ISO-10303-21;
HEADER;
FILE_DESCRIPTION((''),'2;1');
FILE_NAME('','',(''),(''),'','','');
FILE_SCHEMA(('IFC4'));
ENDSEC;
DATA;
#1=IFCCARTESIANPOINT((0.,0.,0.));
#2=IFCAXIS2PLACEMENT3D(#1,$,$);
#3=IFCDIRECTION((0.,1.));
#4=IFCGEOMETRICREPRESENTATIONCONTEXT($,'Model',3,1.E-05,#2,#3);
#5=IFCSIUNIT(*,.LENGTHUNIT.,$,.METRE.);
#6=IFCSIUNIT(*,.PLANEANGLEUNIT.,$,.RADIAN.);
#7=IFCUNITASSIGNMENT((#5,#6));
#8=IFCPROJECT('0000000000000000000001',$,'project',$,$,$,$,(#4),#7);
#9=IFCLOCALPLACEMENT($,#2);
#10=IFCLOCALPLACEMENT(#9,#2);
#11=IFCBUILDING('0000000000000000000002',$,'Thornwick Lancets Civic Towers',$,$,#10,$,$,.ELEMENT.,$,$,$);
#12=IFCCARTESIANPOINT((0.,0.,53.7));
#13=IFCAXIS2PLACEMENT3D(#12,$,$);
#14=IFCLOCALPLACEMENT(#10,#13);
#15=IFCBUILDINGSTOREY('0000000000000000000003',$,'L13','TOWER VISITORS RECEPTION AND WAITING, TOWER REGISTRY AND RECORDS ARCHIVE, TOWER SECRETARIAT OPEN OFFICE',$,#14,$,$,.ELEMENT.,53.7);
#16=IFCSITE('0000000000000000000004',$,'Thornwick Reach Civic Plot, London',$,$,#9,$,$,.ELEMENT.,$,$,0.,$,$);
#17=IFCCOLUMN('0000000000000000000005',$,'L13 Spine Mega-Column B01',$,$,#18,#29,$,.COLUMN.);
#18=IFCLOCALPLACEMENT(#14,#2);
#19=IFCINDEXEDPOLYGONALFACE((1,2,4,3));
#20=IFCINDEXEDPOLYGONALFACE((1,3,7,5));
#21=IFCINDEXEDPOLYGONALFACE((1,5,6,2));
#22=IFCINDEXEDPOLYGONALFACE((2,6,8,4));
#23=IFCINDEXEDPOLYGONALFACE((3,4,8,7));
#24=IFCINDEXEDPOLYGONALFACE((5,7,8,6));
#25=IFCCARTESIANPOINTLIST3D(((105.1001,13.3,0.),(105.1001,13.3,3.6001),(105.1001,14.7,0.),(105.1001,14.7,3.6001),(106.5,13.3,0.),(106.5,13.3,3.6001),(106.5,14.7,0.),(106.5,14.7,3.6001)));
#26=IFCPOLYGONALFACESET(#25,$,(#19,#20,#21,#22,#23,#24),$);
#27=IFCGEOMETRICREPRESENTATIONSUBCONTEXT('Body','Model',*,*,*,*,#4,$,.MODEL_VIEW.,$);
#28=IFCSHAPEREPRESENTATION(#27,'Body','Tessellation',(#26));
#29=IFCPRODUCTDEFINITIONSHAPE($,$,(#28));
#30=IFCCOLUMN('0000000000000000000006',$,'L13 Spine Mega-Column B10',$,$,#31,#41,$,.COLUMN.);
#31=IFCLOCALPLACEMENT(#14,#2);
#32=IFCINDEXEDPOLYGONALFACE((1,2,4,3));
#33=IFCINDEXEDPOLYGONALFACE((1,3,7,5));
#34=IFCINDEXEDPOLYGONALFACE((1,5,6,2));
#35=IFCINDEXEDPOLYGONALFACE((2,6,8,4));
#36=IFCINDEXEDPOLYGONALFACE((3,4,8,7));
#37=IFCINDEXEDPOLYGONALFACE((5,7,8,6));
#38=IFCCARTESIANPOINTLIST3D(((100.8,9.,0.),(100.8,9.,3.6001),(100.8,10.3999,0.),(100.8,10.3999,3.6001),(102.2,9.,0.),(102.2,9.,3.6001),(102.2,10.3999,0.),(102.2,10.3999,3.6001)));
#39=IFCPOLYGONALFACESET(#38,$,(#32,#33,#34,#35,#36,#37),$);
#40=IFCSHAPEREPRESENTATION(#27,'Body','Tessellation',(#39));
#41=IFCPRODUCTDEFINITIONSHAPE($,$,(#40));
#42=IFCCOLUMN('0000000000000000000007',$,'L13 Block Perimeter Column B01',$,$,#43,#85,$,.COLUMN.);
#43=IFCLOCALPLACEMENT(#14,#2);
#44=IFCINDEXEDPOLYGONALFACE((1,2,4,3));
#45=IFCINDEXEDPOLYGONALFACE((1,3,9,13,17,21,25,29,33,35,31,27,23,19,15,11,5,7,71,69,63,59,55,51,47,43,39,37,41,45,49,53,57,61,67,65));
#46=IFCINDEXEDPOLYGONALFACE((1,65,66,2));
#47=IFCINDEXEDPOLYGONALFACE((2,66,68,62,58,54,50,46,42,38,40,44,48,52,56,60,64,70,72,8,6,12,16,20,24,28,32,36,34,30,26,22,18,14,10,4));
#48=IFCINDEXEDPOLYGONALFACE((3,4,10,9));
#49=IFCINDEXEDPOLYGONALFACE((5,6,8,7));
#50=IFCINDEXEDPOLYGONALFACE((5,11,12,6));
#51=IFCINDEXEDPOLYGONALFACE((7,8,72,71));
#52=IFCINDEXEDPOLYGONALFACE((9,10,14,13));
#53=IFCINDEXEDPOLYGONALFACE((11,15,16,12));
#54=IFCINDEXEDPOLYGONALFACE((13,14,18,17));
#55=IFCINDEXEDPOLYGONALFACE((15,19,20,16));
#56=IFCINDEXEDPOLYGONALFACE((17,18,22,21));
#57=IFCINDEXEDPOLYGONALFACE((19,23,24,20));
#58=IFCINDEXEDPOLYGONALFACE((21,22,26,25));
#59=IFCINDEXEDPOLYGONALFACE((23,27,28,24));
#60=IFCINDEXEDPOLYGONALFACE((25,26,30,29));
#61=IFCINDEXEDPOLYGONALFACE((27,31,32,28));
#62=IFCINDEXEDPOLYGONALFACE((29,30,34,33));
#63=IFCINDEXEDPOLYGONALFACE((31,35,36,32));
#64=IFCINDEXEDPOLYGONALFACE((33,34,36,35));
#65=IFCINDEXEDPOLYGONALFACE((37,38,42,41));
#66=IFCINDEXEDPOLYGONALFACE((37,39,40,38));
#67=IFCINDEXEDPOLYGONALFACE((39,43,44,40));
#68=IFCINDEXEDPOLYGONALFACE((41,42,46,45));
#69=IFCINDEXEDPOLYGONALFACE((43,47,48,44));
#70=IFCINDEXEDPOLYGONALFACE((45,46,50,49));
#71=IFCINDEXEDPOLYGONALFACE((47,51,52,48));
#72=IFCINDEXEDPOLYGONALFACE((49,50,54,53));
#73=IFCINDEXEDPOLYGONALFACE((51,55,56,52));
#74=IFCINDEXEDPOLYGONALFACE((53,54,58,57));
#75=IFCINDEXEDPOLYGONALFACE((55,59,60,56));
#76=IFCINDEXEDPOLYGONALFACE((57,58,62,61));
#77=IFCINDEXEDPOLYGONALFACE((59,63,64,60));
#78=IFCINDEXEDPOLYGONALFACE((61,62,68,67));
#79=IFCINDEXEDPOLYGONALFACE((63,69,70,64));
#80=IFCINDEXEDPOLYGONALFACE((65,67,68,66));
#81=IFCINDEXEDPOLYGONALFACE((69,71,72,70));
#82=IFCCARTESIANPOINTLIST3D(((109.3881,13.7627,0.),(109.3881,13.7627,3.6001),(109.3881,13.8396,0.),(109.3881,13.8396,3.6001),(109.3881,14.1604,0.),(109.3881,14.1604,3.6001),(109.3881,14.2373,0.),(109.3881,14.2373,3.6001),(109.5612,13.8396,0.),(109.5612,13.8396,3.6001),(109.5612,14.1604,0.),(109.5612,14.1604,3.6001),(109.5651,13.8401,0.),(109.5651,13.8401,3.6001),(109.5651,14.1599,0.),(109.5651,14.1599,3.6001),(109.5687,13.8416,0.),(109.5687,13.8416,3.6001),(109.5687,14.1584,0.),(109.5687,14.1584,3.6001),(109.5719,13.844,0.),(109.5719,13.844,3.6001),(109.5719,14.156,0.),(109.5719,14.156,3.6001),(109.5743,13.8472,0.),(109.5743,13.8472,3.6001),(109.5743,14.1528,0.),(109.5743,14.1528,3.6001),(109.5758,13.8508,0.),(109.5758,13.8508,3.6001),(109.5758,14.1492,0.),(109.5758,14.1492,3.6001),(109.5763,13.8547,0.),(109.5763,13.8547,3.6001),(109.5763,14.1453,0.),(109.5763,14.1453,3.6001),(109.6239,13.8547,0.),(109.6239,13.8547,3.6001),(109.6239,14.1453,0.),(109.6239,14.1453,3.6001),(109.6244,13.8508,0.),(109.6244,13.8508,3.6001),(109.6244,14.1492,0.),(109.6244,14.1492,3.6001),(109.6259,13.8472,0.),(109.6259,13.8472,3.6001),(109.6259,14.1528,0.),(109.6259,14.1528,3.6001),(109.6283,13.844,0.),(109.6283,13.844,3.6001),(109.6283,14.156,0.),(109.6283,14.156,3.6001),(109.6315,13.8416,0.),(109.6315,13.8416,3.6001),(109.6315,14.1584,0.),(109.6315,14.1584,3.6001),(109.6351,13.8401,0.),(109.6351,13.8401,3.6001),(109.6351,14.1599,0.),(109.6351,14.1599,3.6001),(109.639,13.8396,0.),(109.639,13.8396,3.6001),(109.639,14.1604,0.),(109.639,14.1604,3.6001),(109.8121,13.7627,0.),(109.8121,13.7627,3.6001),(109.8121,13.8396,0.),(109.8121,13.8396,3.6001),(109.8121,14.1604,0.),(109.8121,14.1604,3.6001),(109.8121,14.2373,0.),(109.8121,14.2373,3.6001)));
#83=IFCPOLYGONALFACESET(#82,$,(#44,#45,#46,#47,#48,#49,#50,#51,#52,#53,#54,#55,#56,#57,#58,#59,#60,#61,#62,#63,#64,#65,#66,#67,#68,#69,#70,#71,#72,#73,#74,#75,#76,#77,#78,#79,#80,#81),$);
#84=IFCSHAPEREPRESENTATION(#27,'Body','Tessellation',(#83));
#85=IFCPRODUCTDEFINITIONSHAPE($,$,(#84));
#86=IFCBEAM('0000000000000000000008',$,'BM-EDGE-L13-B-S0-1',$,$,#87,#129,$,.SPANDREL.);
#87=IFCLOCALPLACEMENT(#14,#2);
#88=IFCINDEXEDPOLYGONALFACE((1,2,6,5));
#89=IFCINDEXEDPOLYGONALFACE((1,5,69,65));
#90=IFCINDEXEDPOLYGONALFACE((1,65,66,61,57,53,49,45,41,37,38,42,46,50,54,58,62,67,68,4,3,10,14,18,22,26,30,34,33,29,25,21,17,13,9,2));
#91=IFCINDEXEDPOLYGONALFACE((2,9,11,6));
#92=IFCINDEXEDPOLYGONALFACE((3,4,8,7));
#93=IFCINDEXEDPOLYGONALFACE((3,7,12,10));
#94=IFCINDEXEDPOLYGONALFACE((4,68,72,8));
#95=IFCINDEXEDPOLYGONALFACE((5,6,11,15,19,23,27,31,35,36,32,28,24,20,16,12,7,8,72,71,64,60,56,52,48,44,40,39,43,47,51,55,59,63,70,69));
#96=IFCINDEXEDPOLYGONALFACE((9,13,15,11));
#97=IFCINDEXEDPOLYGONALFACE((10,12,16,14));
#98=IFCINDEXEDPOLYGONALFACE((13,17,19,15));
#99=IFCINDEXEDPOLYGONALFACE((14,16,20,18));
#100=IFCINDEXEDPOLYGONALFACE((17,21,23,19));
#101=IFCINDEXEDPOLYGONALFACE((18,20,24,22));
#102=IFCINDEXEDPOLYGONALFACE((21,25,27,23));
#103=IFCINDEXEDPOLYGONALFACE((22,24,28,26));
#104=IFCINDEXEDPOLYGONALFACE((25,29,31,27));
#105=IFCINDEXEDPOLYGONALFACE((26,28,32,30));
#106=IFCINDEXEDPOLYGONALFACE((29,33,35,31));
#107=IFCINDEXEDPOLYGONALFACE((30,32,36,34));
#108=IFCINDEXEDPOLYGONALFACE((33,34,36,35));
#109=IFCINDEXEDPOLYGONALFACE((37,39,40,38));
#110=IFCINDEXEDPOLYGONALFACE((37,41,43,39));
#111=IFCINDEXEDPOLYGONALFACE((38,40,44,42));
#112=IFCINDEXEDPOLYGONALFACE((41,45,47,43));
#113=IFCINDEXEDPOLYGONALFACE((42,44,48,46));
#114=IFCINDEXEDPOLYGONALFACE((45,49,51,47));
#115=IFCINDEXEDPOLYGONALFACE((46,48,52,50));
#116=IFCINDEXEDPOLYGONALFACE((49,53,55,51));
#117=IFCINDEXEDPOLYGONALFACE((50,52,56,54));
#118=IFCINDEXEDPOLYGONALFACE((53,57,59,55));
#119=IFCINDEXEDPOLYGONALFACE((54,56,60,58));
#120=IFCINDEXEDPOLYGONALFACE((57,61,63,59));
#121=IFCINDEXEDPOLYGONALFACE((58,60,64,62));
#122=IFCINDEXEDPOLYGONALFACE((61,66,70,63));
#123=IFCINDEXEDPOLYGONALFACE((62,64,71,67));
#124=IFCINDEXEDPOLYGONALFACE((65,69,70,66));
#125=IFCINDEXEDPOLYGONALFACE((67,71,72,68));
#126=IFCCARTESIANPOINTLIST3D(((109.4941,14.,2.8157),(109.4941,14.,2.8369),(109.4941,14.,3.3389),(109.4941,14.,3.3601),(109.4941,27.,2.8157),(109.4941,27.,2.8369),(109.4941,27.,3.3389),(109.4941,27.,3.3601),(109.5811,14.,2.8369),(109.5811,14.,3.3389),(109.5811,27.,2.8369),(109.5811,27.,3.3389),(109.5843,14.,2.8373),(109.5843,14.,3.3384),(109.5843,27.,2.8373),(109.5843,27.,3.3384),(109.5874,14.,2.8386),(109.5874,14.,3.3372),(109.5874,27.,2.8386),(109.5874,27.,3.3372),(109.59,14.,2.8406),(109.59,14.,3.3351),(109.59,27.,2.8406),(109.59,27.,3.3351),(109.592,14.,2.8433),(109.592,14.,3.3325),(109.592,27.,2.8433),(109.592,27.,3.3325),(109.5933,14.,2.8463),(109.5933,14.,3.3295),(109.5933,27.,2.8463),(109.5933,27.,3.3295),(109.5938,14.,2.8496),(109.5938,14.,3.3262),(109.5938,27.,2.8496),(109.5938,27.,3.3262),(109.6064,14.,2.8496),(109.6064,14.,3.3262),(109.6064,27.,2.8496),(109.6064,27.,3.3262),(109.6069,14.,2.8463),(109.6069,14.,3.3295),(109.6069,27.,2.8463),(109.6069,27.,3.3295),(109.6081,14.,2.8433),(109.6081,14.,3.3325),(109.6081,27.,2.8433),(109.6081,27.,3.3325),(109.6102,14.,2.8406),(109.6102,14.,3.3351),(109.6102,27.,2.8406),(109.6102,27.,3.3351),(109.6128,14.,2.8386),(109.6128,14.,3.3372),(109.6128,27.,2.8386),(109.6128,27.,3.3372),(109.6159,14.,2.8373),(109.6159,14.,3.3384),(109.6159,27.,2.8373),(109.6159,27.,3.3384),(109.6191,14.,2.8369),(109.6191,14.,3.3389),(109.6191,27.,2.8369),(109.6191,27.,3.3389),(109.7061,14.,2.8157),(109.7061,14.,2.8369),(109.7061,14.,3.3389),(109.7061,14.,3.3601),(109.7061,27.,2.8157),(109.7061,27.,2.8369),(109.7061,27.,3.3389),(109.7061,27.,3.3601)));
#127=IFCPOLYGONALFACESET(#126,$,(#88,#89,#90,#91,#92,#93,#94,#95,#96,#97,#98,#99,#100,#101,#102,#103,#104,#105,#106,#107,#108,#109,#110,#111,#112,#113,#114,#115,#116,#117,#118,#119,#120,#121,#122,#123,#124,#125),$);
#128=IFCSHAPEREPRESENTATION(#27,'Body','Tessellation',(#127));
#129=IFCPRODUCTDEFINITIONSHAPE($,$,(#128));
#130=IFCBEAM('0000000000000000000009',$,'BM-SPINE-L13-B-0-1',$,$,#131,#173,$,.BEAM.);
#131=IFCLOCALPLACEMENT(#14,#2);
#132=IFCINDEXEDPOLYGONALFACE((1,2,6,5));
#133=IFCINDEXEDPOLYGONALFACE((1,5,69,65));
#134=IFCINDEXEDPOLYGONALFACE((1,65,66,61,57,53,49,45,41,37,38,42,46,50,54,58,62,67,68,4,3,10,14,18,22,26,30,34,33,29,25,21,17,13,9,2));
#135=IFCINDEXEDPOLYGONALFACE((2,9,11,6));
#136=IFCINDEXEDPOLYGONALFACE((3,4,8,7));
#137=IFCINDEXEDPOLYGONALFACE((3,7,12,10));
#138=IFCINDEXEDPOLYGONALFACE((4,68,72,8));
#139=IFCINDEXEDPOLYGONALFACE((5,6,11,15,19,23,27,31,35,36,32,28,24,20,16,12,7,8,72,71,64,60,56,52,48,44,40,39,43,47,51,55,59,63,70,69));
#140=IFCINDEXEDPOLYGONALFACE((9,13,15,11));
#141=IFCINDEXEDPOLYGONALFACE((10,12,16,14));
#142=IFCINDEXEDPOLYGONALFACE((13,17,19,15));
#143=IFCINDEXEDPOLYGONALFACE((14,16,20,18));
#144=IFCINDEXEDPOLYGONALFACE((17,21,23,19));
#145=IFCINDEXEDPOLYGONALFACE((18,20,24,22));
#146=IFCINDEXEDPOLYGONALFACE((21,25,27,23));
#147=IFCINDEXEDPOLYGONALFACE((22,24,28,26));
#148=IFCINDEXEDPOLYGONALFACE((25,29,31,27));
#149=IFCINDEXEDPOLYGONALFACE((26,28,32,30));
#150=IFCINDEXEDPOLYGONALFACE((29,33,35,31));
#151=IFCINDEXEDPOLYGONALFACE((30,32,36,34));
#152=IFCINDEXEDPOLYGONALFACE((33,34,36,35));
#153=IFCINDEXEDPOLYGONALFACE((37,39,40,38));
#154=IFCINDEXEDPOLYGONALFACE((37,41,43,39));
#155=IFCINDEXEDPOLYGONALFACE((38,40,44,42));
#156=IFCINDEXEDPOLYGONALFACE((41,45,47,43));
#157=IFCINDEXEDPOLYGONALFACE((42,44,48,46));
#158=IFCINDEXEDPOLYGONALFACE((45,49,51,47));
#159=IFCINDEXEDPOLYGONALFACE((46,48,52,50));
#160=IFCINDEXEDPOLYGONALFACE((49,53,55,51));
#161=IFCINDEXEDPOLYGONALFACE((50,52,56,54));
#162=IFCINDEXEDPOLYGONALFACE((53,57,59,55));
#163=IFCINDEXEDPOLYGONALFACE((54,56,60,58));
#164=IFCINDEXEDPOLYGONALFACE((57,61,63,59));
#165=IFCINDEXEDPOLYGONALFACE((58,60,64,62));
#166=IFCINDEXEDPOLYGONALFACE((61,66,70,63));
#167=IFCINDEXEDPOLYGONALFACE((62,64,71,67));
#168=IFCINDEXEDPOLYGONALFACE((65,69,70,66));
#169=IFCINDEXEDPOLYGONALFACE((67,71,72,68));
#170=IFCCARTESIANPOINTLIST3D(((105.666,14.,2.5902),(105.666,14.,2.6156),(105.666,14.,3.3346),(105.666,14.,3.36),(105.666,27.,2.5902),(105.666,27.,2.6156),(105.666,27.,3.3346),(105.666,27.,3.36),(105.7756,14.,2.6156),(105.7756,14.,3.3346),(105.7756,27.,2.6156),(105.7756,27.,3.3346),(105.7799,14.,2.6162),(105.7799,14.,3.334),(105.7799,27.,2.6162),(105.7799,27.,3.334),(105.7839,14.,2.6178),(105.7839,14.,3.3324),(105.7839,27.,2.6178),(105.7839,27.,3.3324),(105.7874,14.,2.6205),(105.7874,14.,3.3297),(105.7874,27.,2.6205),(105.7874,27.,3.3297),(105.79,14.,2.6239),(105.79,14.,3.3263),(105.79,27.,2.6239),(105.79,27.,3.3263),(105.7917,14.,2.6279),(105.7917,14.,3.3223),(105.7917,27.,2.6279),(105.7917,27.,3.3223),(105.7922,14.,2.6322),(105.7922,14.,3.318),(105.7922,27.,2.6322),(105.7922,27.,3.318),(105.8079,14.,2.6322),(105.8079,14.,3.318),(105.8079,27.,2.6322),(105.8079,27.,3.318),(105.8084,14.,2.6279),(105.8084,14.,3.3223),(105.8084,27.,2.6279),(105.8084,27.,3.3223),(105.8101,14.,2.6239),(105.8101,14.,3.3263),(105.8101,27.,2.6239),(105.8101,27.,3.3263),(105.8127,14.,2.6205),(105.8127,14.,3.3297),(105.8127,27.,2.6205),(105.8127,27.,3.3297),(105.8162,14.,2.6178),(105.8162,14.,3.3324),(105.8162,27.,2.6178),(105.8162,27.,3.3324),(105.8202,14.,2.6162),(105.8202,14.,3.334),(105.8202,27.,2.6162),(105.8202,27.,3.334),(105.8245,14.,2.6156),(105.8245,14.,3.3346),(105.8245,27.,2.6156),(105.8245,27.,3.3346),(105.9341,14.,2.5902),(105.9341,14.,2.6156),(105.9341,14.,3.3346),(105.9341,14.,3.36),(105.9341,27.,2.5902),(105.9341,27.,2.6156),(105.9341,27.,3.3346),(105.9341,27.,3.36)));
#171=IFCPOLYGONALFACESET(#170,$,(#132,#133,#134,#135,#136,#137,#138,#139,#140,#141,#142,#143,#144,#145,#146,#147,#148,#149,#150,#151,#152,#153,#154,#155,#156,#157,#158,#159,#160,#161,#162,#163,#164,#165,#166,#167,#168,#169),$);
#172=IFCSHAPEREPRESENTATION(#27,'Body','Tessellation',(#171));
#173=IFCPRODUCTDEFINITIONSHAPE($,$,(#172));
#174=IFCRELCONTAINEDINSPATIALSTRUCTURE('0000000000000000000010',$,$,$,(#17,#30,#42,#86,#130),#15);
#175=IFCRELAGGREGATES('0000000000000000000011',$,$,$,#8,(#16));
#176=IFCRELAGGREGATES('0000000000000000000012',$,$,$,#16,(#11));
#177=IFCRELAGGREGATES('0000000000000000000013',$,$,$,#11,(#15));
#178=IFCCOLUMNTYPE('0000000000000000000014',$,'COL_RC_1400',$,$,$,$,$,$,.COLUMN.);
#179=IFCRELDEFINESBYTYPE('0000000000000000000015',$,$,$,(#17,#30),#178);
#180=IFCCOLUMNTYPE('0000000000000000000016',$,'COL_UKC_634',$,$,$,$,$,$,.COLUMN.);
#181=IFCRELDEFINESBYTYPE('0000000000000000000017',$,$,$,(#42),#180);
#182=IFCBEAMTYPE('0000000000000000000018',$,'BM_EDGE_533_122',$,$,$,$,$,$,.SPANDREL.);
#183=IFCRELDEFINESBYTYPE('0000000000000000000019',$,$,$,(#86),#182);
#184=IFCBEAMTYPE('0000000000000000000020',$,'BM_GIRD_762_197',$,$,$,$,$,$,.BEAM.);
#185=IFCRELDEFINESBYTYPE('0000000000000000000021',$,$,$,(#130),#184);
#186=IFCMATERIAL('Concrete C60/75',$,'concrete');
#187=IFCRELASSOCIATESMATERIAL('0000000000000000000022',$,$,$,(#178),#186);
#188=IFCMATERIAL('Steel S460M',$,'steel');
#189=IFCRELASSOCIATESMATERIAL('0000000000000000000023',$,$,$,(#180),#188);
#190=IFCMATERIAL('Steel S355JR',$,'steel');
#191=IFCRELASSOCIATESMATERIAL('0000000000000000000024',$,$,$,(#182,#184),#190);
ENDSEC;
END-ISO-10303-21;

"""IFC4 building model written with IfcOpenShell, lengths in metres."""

from ifc_helpers import new_model, si_unit, direction, frame, origin, origin_2d, place, context, subcontext, project, spatial, rectangle, i_section, extrude, material, material_profile, profile_set, type_object, element, save


model = new_model("IFC4")

# Units and contexts
model_context = context("Model", 3, precision=1e-05, world=origin(), true_north=direction((0.0, 1.0)))
body_context = subcontext(model_context, "Body", "Model", "MODEL_VIEW")
ifc_project = project(units=[si_unit("LENGTHUNIT", "METRE"), si_unit("PLANEANGLEUNIT", "RADIAN")], contexts=[model_context])

# Site, building, storey
site_placement = place(None, origin())
site = spatial("IfcSite", under=ifc_project, at=site_placement, Name="Thornwick Reach Civic Plot, London", CompositionType="ELEMENT", RefElevation=0.0)
building_placement = place(site_placement, origin())
building = spatial("IfcBuilding", under=site, at=building_placement, Name="Thornwick Lancets Civic Towers", CompositionType="ELEMENT")
storey_placement = place(building_placement, frame((0.0, 0.0, 53.7)))
storey = spatial("IfcBuildingStorey", under=building, at=storey_placement, Name="L13", Description="TOWER VISITORS RECEPTION AND WAITING, TOWER REGISTRY AND RECORDS ARCHIVE, TOWER SECRETARIAT OPEN OFFICE", CompositionType="ELEMENT", Elevation=53.7)

# Columns
ifc_material_1 = material(Name="Concrete C60/75", Category="concrete")
ifc_material_profile_1 = material_profile(ifc_material_1, rectangle(XDim=1.3999, YDim=1.3999, at=origin_2d()), Name="RC 1400x1400")
ifc_profile_set_1 = profile_set([ifc_material_profile_1], Name="Concrete C60/75")
column_type_1 = type_object("IfcColumnType", Name="COL_RC_1400", PredefinedType="COLUMN", material=ifc_profile_set_1)
for number, where, z_axis, x_axis, name in (
    (1, (105.8, 14.0, 0.0), (0.0, 0.0, 1.0), (1.0, 0.0, 0.0), "L13 Spine Mega-Column B01"),
    (2, (101.5, 9.7, 0.0), (0.0, 0.0, 1.0), (1.0, 0.0, 0.0), "L13 Spine Mega-Column B10"),
):
    element("IfcColumn", number, at=place(storey_placement, frame(where, z_axis=z_axis, x_axis=x_axis)), inside=storey, type_object=column_type_1, Name=name, PredefinedType="COLUMN", context=body_context, shape_type="SweptSolid", body=[
        extrude(rectangle(XDim=1.3999, YDim=1.3999, at=origin_2d()), origin(), (0.0, 0.0, 1.0), 3.6001),
    ])
ifc_material_2 = material(Name="Steel S460M", Category="steel")
ifc_material_profile_2 = material_profile(ifc_material_2, i_section(OverallWidth=0.4241, OverallDepth=0.4746, WebThickness=0.0476, FlangeThickness=0.0769, FilletRadius=0.0151, at=origin_2d()), Name="UKC 356x406x634")
ifc_profile_set_2 = profile_set([ifc_material_profile_2], Name="Steel S460M")
column_type_2 = type_object("IfcColumnType", Name="COL_UKC_634", PredefinedType="COLUMN", material=ifc_profile_set_2)
column_placement = place(storey_placement, frame((109.6001, 14.0, 0.0), z_axis=(0.0, 0.0, 1.0), x_axis=(1.0, 0.0, 0.0)))
element("IfcColumn", 3, at=column_placement, inside=storey, type_object=column_type_2, Name="L13 Block Perimeter Column B01", PredefinedType="COLUMN", context=body_context, shape_type="SweptSolid", body=[
    extrude(i_section(OverallWidth=0.4241, OverallDepth=0.4746, WebThickness=0.0476, FlangeThickness=0.0769, FilletRadius=0.0151, at=origin_2d()), origin(), (0.0, 0.0, 1.0), 3.6001),
])

# Beams
ifc_material_3 = material(Name="Steel S355JR", Category="steel")
ifc_material_profile_3 = material_profile(ifc_material_3, i_section(OverallWidth=0.2119, OverallDepth=0.5444, WebThickness=0.0127, FlangeThickness=0.0212, FilletRadius=0.0127, at=origin_2d()), Name="UKB 533x210x122")
ifc_profile_set_3 = profile_set([ifc_material_profile_3], Name="Steel S355JR")
beam_type_1 = type_object("IfcBeamType", Name="BM_EDGE_533_122", PredefinedType="SPANDREL", material=ifc_profile_set_3)
beam_1_placement = place(storey_placement, frame((109.6001, 14.0, 3.0879), z_axis=(0.0, 1.0, 0.0), x_axis=(-1.0, 0.0, 0.0)))
element("IfcBeam", 4, at=beam_1_placement, inside=storey, type_object=beam_type_1, Name="BM-EDGE-L13-B-S0-1", PredefinedType="SPANDREL", context=body_context, shape_type="SweptSolid", body=[
    extrude(i_section(OverallWidth=0.2119, OverallDepth=0.5444, WebThickness=0.0127, FlangeThickness=0.0212, FilletRadius=0.0127, at=origin_2d()), origin(), (0.0, 0.0, 1.0), 13.0),
])
ifc_material_profile_4 = material_profile(ifc_material_3, i_section(OverallWidth=0.2681, OverallDepth=0.7698, WebThickness=0.0156, FlangeThickness=0.0254, FilletRadius=0.0166, at=origin_2d()), Name="UKB 762x267x197")
ifc_profile_set_4 = profile_set([ifc_material_profile_4], Name="Steel S355JR")
beam_type_2 = type_object("IfcBeamType", Name="BM_GIRD_762_197", PredefinedType="BEAM", material=ifc_profile_set_4)
for number, where, z_axis, x_axis, name in (
    (5, (105.8, 14.0, 2.9751), (0.0, 1.0, 0.0), (-1.0, 0.0, 0.0), "BM-SPINE-L13-B-0-1"),
):
    element("IfcBeam", number, at=place(storey_placement, frame(where, z_axis=z_axis, x_axis=x_axis)), inside=storey, type_object=beam_type_2, Name=name, PredefinedType="BEAM", context=body_context, shape_type="SweptSolid", body=[
        extrude(i_section(OverallWidth=0.2681, OverallDepth=0.7698, WebThickness=0.0156, FlangeThickness=0.0254, FilletRadius=0.0166, at=origin_2d()), origin(), (0.0, 0.0, 1.0), 13.0),
    ])

save(model, "model.ifc")
